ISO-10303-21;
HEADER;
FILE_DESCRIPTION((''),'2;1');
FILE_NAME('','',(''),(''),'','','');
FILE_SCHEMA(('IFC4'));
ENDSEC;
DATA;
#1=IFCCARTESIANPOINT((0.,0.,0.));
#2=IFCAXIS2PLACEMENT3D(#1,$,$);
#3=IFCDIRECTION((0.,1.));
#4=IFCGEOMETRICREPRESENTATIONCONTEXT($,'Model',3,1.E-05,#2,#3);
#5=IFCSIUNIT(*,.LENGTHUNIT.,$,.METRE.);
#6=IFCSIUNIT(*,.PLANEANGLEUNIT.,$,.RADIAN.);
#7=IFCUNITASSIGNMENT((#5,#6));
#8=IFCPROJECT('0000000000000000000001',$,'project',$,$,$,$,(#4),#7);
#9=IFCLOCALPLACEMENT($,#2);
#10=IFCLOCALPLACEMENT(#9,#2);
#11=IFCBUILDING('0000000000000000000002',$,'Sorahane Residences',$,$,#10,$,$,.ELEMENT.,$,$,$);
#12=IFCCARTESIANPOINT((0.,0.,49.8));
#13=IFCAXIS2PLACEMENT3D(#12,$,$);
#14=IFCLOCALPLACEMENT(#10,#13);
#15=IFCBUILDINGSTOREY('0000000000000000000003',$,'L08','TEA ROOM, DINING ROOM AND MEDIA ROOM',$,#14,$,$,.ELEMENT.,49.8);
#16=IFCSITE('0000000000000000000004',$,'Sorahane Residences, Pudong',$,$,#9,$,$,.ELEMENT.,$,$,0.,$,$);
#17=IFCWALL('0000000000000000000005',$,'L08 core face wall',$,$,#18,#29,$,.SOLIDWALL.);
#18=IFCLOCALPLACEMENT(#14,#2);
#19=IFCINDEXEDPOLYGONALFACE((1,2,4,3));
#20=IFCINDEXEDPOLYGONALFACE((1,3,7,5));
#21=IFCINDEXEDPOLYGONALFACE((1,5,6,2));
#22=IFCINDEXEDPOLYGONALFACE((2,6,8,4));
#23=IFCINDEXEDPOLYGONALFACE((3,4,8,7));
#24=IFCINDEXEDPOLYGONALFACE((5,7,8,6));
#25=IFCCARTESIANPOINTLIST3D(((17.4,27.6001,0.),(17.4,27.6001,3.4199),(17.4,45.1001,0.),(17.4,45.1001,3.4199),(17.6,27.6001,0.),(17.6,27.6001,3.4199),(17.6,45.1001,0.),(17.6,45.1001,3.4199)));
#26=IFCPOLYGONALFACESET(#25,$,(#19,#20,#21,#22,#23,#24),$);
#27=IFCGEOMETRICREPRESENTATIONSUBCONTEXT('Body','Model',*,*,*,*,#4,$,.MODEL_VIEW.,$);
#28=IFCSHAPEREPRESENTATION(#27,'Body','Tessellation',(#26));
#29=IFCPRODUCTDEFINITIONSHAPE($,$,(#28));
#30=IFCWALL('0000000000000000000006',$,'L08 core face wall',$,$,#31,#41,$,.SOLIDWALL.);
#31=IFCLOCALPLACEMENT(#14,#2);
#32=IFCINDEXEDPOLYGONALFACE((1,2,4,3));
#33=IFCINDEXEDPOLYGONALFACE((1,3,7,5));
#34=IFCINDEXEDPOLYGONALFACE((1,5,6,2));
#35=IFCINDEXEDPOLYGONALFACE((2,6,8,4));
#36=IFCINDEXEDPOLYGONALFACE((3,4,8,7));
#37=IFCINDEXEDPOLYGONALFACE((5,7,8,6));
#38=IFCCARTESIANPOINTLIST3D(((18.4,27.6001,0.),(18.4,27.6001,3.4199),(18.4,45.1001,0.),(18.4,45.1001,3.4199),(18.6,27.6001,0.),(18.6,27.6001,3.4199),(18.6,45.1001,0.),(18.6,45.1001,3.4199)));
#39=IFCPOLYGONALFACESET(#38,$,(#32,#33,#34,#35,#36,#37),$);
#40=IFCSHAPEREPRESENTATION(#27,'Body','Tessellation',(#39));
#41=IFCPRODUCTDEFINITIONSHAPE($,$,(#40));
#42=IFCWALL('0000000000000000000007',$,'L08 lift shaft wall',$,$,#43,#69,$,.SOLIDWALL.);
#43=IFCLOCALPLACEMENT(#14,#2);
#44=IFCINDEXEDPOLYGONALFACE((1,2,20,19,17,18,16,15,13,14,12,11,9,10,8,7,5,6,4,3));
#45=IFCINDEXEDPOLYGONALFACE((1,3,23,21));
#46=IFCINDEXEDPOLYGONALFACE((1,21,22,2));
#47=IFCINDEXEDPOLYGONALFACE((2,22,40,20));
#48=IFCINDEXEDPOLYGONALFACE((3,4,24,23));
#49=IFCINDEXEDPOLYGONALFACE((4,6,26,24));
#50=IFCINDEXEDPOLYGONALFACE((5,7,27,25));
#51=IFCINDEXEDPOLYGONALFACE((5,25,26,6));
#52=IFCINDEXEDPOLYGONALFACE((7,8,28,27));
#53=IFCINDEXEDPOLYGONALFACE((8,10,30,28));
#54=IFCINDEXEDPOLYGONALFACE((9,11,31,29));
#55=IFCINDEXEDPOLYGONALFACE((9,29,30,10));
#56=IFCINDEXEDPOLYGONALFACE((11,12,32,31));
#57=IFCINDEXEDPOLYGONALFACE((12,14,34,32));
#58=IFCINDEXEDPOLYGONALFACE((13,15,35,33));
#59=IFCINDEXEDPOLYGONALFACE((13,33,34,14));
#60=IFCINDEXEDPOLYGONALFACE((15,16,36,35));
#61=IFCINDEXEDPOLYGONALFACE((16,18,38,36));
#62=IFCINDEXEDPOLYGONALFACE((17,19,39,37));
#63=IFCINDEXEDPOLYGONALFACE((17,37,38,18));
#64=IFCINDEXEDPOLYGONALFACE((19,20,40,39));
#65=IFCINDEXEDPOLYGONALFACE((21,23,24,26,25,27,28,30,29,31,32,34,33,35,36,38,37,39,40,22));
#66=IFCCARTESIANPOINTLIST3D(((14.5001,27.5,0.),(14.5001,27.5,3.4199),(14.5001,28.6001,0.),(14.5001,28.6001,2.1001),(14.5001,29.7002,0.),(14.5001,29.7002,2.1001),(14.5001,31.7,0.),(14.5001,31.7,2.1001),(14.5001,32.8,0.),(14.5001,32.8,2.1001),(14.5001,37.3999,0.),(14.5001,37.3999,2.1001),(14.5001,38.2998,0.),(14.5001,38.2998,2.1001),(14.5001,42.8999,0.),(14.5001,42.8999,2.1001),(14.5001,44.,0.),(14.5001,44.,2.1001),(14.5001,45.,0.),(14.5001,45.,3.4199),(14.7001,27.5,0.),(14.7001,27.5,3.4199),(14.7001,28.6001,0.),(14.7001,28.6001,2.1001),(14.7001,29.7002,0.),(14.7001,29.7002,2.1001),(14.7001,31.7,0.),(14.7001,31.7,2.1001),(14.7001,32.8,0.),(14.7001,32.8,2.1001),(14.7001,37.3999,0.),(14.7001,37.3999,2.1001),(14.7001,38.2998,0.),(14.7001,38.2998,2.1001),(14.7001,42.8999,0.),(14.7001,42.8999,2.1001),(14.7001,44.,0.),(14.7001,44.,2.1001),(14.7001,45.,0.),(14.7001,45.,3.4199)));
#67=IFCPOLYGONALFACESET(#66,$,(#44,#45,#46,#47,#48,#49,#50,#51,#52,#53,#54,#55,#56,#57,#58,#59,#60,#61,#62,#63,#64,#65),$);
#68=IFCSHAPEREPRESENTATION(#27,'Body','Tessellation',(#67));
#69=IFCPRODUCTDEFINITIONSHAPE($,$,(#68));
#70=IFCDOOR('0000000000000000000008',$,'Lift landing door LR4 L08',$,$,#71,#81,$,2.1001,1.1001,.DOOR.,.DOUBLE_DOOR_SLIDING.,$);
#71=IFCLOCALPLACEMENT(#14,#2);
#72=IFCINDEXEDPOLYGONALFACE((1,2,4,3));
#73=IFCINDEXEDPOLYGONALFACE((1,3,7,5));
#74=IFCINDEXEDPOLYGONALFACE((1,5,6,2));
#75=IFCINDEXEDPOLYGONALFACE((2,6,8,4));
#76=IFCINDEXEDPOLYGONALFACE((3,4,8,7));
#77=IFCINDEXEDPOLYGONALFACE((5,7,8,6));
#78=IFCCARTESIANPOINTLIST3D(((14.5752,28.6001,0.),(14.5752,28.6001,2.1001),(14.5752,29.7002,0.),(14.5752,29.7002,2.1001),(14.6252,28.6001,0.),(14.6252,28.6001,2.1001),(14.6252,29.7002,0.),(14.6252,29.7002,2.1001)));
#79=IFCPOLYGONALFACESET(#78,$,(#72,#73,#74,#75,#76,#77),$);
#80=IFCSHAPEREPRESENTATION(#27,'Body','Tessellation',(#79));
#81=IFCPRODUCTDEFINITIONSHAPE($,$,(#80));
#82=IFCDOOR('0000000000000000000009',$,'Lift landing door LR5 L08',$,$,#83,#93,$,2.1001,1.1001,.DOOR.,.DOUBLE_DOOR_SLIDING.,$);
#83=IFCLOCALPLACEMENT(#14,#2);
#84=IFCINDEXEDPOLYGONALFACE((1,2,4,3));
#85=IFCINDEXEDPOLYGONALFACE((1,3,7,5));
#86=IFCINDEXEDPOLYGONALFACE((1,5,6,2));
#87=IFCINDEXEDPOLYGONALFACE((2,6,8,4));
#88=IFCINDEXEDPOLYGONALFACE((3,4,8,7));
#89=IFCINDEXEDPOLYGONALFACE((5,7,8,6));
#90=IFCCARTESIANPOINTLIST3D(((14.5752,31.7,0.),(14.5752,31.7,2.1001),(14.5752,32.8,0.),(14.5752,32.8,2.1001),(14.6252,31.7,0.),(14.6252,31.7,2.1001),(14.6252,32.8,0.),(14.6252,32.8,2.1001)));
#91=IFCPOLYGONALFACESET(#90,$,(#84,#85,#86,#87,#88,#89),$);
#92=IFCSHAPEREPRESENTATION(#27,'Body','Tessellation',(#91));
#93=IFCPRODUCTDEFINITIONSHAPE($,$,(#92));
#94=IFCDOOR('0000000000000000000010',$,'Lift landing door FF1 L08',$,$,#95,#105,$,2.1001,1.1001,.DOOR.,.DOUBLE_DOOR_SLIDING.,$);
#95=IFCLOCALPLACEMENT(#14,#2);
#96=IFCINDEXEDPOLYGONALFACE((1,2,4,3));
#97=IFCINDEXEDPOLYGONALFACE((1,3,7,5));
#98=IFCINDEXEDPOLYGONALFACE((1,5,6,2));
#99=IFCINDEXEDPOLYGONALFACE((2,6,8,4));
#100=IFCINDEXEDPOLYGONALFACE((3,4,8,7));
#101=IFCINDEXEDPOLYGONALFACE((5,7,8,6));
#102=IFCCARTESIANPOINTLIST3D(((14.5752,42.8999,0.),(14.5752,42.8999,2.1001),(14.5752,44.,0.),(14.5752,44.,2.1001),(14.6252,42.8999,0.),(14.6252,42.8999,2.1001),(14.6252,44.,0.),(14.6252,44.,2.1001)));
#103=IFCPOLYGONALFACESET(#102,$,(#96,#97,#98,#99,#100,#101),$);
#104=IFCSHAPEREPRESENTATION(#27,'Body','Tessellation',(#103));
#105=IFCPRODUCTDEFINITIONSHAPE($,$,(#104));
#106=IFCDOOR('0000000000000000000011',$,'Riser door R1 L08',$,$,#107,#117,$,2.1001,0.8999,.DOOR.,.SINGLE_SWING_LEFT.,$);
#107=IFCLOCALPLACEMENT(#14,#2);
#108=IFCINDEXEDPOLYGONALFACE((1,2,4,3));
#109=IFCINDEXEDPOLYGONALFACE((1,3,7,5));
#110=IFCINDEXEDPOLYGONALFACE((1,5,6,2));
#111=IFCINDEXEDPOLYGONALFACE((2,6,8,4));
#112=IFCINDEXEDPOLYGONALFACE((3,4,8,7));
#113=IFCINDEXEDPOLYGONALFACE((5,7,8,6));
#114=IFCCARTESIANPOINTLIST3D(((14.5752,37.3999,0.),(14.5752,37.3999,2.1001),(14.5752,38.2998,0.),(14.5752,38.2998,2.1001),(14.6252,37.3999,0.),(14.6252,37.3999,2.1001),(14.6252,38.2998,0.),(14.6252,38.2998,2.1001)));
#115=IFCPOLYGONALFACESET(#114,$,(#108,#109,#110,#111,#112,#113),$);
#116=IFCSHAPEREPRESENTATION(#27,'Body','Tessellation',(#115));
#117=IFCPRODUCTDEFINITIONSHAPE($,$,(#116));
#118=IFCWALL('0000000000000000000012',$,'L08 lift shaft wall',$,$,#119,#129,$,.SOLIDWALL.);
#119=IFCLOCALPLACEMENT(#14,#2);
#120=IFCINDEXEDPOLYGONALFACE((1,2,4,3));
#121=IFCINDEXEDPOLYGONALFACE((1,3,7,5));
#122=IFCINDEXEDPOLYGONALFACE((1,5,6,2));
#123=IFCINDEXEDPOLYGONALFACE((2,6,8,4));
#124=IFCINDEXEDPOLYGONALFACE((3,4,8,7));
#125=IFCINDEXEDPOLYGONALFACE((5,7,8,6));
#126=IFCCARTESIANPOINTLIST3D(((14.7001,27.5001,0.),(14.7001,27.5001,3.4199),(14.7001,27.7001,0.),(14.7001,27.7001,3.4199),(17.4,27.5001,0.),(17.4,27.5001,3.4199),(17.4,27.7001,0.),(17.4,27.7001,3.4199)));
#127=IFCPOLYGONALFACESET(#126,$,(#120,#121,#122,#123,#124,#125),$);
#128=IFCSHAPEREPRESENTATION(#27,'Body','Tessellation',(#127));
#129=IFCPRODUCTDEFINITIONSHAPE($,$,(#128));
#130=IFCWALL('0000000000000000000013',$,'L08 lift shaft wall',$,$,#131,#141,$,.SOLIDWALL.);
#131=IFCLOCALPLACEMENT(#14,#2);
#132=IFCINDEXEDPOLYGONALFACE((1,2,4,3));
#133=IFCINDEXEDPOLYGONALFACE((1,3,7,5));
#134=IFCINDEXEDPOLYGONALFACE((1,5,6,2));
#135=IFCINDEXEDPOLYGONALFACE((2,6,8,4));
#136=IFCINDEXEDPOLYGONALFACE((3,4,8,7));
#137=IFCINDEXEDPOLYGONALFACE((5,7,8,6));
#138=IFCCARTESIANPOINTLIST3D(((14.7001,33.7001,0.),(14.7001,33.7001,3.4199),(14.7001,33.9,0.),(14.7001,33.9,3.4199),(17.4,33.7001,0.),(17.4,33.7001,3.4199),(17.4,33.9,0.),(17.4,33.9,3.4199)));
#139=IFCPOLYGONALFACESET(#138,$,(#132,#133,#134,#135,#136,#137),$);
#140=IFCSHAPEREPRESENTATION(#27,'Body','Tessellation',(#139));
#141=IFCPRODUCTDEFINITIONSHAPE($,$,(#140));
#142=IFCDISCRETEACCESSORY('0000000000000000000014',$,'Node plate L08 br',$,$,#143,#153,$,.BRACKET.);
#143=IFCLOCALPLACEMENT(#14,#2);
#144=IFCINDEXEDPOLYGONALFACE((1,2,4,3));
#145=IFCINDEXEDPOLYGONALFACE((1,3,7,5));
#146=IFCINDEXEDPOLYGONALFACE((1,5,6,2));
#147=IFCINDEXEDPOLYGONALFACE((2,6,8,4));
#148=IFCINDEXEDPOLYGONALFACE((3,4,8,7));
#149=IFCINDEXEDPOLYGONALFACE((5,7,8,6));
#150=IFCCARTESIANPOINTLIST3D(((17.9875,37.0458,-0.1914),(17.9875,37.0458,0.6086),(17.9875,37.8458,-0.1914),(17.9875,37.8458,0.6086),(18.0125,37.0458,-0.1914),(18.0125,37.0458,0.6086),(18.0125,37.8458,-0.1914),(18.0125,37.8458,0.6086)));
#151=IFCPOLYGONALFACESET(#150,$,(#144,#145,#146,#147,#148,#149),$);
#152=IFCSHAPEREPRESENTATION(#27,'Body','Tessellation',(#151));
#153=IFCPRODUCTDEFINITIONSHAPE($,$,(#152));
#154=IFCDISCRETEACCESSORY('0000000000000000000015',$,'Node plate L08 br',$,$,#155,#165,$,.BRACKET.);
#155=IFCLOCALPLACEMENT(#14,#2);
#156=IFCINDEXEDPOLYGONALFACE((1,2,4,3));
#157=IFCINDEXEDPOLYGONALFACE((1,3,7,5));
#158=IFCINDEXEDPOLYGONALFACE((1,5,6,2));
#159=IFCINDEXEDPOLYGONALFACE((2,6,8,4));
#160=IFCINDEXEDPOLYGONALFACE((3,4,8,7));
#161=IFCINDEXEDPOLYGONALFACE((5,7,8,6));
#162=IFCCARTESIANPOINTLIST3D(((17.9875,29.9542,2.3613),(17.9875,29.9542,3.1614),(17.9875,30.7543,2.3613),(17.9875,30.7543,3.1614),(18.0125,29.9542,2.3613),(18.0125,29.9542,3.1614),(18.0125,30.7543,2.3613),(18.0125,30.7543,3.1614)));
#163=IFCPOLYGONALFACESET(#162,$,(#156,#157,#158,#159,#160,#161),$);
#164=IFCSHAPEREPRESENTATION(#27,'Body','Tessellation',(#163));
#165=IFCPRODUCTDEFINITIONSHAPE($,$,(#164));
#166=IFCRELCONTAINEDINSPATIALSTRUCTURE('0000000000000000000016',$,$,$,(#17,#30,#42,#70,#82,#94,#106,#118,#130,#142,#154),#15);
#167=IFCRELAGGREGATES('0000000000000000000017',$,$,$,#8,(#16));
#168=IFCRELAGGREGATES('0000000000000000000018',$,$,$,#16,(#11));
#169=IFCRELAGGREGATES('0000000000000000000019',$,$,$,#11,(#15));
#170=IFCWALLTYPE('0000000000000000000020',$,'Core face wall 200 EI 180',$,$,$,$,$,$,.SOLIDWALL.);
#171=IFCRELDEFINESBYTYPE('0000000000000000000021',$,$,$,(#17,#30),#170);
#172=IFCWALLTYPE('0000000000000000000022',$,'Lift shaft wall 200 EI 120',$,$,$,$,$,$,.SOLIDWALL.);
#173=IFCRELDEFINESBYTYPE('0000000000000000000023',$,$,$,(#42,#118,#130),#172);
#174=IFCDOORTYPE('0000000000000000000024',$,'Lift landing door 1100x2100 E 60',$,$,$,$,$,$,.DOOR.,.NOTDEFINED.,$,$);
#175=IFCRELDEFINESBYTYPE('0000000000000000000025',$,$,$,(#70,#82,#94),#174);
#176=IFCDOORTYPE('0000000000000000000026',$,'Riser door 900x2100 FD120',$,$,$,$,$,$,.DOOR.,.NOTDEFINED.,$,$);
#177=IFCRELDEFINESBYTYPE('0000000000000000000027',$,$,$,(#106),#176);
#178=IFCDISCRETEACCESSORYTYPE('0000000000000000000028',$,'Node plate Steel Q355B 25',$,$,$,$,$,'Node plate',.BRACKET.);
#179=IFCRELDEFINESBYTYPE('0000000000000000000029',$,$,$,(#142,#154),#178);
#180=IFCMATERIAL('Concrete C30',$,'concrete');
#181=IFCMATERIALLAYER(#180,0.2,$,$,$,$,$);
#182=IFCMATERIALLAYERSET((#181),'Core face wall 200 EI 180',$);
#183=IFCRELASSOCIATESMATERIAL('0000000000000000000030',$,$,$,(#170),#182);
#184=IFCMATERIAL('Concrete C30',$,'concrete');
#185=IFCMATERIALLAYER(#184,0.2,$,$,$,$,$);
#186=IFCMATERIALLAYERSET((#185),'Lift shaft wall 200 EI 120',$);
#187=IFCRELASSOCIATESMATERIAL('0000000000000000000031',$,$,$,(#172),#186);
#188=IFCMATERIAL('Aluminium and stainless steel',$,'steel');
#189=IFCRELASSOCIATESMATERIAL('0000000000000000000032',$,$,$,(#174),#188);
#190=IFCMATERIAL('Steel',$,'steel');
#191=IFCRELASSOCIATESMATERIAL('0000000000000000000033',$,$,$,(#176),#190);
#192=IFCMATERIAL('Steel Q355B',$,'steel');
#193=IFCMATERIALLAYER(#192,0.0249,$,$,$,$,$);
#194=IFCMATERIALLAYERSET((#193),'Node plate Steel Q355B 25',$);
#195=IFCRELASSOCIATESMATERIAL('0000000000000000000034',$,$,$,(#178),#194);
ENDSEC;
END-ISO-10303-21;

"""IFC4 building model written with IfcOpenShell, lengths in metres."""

from ifc_helpers import new_model, si_unit, direction, frame, frame_2d, origin, origin_2d, place, context, subcontext, project, spatial, rectangle, extrude, material, layer, layer_set, type_object, element, fill, save


model = new_model("IFC4")

# Units and contexts
model_context = context("Model", 3, precision=1e-05, world=origin(), true_north=direction((0.0, 1.0)))
body_context = subcontext(model_context, "Body", "Model", "MODEL_VIEW")
ifc_project = project(units=[si_unit("LENGTHUNIT", "METRE"), si_unit("PLANEANGLEUNIT", "RADIAN")], contexts=[model_context])

# Site, building, storey
site_placement = place(None, origin())
site = spatial("IfcSite", under=ifc_project, at=site_placement, Name="Sorahane Residences, Pudong", CompositionType="ELEMENT", RefElevation=0.0)
building_placement = place(site_placement, origin())
building = spatial("IfcBuilding", under=site, at=building_placement, Name="Sorahane Residences", CompositionType="ELEMENT")
storey_placement = place(building_placement, frame((0.0, 0.0, 49.8)))
storey = spatial("IfcBuildingStorey", under=building, at=storey_placement, Name="L08", Description="TEA ROOM, DINING ROOM AND MEDIA ROOM", CompositionType="ELEMENT", Elevation=49.8)

# Walls
ifc_material_1 = material(Name="Concrete C30", Category="concrete")
ifc_layer_1 = layer(ifc_material_1, 0.2)
ifc_layer_set_1 = layer_set([ifc_layer_1], Name="Core face wall 200 EI 180")
wall_type_1 = type_object("IfcWallType", Name="Core face wall 200 EI 180", PredefinedType="SOLIDWALL", material=ifc_layer_set_1)
for number, where, z_axis, x_axis, name in (
    (1, (17.5, 27.6001, 0.0), (0.0, 0.0, 1.0), (0.0, 1.0, 0.0), "L08 core face wall"),
    (2, (18.5, 27.6001, 0.0), (0.0, 0.0, 1.0), (0.0, 1.0, 0.0), "L08 core face wall"),
):
    element("IfcWall", number, at=place(storey_placement, frame(where, z_axis=z_axis, x_axis=x_axis)), inside=storey, type_object=wall_type_1, Name=name, PredefinedType="SOLIDWALL", context=body_context, shape_type="SweptSolid", body=[
        extrude(rectangle(XDim=17.5, YDim=0.2, at=frame_2d((8.75, 0.0))), origin(), (0.0, 0.0, 1.0), 3.4199),
    ])

# Wall, openings, doors
ifc_material_2 = material(Name="Concrete C30", Category="concrete")
ifc_layer_2 = layer(ifc_material_2, 0.2)
ifc_layer_set_2 = layer_set([ifc_layer_2], Name="Lift shaft wall 200 EI 120")
wall_type_2 = type_object("IfcWallType", Name="Lift shaft wall 200 EI 120", PredefinedType="SOLIDWALL", material=ifc_layer_set_2)
wall_placement = place(storey_placement, frame((14.6001, 27.5, 0.0), z_axis=(0.0, 0.0, 1.0), x_axis=(0.0, 1.0, 0.0)))
wall = element("IfcWall", 3, at=wall_placement, inside=storey, type_object=wall_type_2, Name="L08 lift shaft wall", PredefinedType="SOLIDWALL", context=body_context, shape_type="SweptSolid", body=[
    extrude(rectangle(XDim=17.5, YDim=0.2, at=frame_2d((8.75, 0.0))), origin(), (0.0, 0.0, 1.0), 3.4199),
])
opening_1_placement = place(wall_placement, frame((1.1001, 0.0, 0.0)))
opening_1 = element("IfcOpeningElement", 4, at=opening_1_placement, cuts=wall, PredefinedType="OPENING", context=body_context, shape_type="SweptSolid", body=[
    extrude(rectangle(XDim=1.1001, YDim=2.1001, at=frame_2d((0.55, 1.05))), frame((0.0, 0.1099, 0.0), z_axis=(0.0, -1.0, 0.0), x_axis=(1.0, 0.0, 0.0)), (0.0, 0.0, 1.0), 0.22),
])
opening_2_placement = place(wall_placement, frame((4.2, 0.0, 0.0)))
opening_2 = element("IfcOpeningElement", 5, at=opening_2_placement, cuts=wall, PredefinedType="OPENING", context=body_context, shape_type="SweptSolid", body=[
    extrude(rectangle(XDim=1.1001, YDim=2.1001, at=frame_2d((0.55, 1.05))), frame((0.0, 0.1099, 0.0), z_axis=(0.0, -1.0, 0.0), x_axis=(1.0, 0.0, 0.0)), (0.0, 0.0, 1.0), 0.22),
])
opening_3_placement = place(wall_placement, frame((15.3999, 0.0, 0.0)))
opening_3 = element("IfcOpeningElement", 6, at=opening_3_placement, cuts=wall, PredefinedType="OPENING", context=body_context, shape_type="SweptSolid", body=[
    extrude(rectangle(XDim=1.1001, YDim=2.1001, at=frame_2d((0.55, 1.05))), frame((0.0, 0.1099, 0.0), z_axis=(0.0, -1.0, 0.0), x_axis=(1.0, 0.0, 0.0)), (0.0, 0.0, 1.0), 0.22),
])
opening_4_placement = place(wall_placement, frame((9.8999, 0.0, 0.0)))
opening_4 = element("IfcOpeningElement", 7, at=opening_4_placement, cuts=wall, PredefinedType="OPENING", context=body_context, shape_type="SweptSolid", body=[
    extrude(rectangle(XDim=0.8999, YDim=2.1001, at=frame_2d((0.45, 1.05))), frame((0.0, 0.1099, 0.0), z_axis=(0.0, -1.0, 0.0), x_axis=(1.0, 0.0, 0.0)), (0.0, 0.0, 1.0), 0.22),
])
ifc_material_3 = material(Name="Aluminium and stainless steel", Category="steel")
door_type_1 = type_object("IfcDoorType", Name="Lift landing door 1100x2100 E 60", OperationType="NOTDEFINED", PredefinedType="DOOR", material=ifc_material_3)
door_1_placement = place(opening_1_placement, origin())
door_1 = element("IfcDoor", 8, at=door_1_placement, inside=storey, type_object=door_type_1, Name="Lift landing door LR4 L08", OperationType="DOUBLE_DOOR_SLIDING", OverallHeight=2.1001, OverallWidth=1.1001, PredefinedType="DOOR", context=body_context, shape_type="SweptSolid", body=[
    extrude(rectangle(XDim=1.1001, YDim=2.1001, at=frame_2d((0.55, 1.05))), frame((0.0, 0.0249, 0.0), z_axis=(0.0, -1.0, 0.0), x_axis=(1.0, 0.0, 0.0)), (0.0, 0.0, 1.0), 0.05),
])
fill(opening_1, door_1)
door_2_placement = place(opening_2_placement, origin())
door_2 = element("IfcDoor", 9, at=door_2_placement, inside=storey, type_object=door_type_1, Name="Lift landing door LR5 L08", OperationType="DOUBLE_DOOR_SLIDING", OverallHeight=2.1001, OverallWidth=1.1001, PredefinedType="DOOR", context=body_context, shape_type="SweptSolid", body=[
    extrude(rectangle(XDim=1.1001, YDim=2.1001, at=frame_2d((0.55, 1.05))), frame((0.0, 0.0249, 0.0), z_axis=(0.0, -1.0, 0.0), x_axis=(1.0, 0.0, 0.0)), (0.0, 0.0, 1.0), 0.05),
])
fill(opening_2, door_2)
door_3_placement = place(opening_3_placement, origin())
door_3 = element("IfcDoor", 10, at=door_3_placement, inside=storey, type_object=door_type_1, Name="Lift landing door FF1 L08", OperationType="DOUBLE_DOOR_SLIDING", OverallHeight=2.1001, OverallWidth=1.1001, PredefinedType="DOOR", context=body_context, shape_type="SweptSolid", body=[
    extrude(rectangle(XDim=1.1001, YDim=2.1001, at=frame_2d((0.55, 1.05))), frame((0.0, 0.0249, 0.0), z_axis=(0.0, -1.0, 0.0), x_axis=(1.0, 0.0, 0.0)), (0.0, 0.0, 1.0), 0.05),
])
fill(opening_3, door_3)
ifc_material_4 = material(Name="Steel", Category="steel")
door_type_2 = type_object("IfcDoorType", Name="Riser door 900x2100 FD120", OperationType="NOTDEFINED", PredefinedType="DOOR", material=ifc_material_4)
door_4_placement = place(opening_4_placement, origin())
door_4 = element("IfcDoor", 11, at=door_4_placement, inside=storey, type_object=door_type_2, Name="Riser door R1 L08", OperationType="SINGLE_SWING_LEFT", OverallHeight=2.1001, OverallWidth=0.8999, PredefinedType="DOOR", context=body_context, shape_type="SweptSolid", body=[
    extrude(rectangle(XDim=0.8999, YDim=2.1001, at=frame_2d((0.45, 1.05))), frame((0.0, 0.0249, 0.0), z_axis=(0.0, -1.0, 0.0), x_axis=(1.0, 0.0, 0.0)), (0.0, 0.0, 1.0), 0.05),
])
fill(opening_4, door_4)

# Walls
for number, where, z_axis, x_axis, name in (
    (12, (14.7, 27.6001, 0.0), (0.0, 0.0, 1.0), (1.0, 0.0, 0.0), "L08 lift shaft wall"),
    (13, (14.7, 33.8, 0.0), (0.0, 0.0, 1.0), (1.0, 0.0, 0.0), "L08 lift shaft wall"),
):
    element("IfcWall", number, at=place(storey_placement, frame(where, z_axis=z_axis, x_axis=x_axis)), inside=storey, type_object=wall_type_2, Name=name, PredefinedType="SOLIDWALL", context=body_context, shape_type="SweptSolid", body=[
        extrude(rectangle(XDim=2.7, YDim=0.2, at=frame_2d((1.3501, 0.0))), origin(), (0.0, 0.0, 1.0), 3.4199),
    ])

# Discrete accessories
ifc_material_5 = material(Name="Steel Q355B", Category="steel")
ifc_layer_3 = layer(ifc_material_5, 0.0249)
ifc_layer_set_3 = layer_set([ifc_layer_3], Name="Node plate Steel Q355B 25")
discrete_accessory_type = type_object("IfcDiscreteAccessoryType", Name="Node plate Steel Q355B 25", ElementType="Node plate", PredefinedType="BRACKET", material=ifc_layer_set_3)
for number, where, z_axis, x_axis, name in (
    (14, (18.0, 37.4458, -0.1914), (0.0, 0.0, 1.0), (0.0, 1.0, 0.0), "Node plate L08 br"),
    (15, (18.0, 30.3542, 2.3613), (0.0, 0.0, 1.0), (0.0, 1.0, 0.0), "Node plate L08 br"),
):
    element("IfcDiscreteAccessory", number, at=place(storey_placement, frame(where, z_axis=z_axis, x_axis=x_axis)), inside=storey, type_object=discrete_accessory_type, Name=name, PredefinedType="BRACKET", context=body_context, shape_type="SweptSolid", body=[
        extrude(rectangle(XDim=0.8, YDim=0.0249, at=origin_2d()), origin(), (0.0, 0.0, 1.0), 0.8),
    ])

save(model, "model.ifc")
